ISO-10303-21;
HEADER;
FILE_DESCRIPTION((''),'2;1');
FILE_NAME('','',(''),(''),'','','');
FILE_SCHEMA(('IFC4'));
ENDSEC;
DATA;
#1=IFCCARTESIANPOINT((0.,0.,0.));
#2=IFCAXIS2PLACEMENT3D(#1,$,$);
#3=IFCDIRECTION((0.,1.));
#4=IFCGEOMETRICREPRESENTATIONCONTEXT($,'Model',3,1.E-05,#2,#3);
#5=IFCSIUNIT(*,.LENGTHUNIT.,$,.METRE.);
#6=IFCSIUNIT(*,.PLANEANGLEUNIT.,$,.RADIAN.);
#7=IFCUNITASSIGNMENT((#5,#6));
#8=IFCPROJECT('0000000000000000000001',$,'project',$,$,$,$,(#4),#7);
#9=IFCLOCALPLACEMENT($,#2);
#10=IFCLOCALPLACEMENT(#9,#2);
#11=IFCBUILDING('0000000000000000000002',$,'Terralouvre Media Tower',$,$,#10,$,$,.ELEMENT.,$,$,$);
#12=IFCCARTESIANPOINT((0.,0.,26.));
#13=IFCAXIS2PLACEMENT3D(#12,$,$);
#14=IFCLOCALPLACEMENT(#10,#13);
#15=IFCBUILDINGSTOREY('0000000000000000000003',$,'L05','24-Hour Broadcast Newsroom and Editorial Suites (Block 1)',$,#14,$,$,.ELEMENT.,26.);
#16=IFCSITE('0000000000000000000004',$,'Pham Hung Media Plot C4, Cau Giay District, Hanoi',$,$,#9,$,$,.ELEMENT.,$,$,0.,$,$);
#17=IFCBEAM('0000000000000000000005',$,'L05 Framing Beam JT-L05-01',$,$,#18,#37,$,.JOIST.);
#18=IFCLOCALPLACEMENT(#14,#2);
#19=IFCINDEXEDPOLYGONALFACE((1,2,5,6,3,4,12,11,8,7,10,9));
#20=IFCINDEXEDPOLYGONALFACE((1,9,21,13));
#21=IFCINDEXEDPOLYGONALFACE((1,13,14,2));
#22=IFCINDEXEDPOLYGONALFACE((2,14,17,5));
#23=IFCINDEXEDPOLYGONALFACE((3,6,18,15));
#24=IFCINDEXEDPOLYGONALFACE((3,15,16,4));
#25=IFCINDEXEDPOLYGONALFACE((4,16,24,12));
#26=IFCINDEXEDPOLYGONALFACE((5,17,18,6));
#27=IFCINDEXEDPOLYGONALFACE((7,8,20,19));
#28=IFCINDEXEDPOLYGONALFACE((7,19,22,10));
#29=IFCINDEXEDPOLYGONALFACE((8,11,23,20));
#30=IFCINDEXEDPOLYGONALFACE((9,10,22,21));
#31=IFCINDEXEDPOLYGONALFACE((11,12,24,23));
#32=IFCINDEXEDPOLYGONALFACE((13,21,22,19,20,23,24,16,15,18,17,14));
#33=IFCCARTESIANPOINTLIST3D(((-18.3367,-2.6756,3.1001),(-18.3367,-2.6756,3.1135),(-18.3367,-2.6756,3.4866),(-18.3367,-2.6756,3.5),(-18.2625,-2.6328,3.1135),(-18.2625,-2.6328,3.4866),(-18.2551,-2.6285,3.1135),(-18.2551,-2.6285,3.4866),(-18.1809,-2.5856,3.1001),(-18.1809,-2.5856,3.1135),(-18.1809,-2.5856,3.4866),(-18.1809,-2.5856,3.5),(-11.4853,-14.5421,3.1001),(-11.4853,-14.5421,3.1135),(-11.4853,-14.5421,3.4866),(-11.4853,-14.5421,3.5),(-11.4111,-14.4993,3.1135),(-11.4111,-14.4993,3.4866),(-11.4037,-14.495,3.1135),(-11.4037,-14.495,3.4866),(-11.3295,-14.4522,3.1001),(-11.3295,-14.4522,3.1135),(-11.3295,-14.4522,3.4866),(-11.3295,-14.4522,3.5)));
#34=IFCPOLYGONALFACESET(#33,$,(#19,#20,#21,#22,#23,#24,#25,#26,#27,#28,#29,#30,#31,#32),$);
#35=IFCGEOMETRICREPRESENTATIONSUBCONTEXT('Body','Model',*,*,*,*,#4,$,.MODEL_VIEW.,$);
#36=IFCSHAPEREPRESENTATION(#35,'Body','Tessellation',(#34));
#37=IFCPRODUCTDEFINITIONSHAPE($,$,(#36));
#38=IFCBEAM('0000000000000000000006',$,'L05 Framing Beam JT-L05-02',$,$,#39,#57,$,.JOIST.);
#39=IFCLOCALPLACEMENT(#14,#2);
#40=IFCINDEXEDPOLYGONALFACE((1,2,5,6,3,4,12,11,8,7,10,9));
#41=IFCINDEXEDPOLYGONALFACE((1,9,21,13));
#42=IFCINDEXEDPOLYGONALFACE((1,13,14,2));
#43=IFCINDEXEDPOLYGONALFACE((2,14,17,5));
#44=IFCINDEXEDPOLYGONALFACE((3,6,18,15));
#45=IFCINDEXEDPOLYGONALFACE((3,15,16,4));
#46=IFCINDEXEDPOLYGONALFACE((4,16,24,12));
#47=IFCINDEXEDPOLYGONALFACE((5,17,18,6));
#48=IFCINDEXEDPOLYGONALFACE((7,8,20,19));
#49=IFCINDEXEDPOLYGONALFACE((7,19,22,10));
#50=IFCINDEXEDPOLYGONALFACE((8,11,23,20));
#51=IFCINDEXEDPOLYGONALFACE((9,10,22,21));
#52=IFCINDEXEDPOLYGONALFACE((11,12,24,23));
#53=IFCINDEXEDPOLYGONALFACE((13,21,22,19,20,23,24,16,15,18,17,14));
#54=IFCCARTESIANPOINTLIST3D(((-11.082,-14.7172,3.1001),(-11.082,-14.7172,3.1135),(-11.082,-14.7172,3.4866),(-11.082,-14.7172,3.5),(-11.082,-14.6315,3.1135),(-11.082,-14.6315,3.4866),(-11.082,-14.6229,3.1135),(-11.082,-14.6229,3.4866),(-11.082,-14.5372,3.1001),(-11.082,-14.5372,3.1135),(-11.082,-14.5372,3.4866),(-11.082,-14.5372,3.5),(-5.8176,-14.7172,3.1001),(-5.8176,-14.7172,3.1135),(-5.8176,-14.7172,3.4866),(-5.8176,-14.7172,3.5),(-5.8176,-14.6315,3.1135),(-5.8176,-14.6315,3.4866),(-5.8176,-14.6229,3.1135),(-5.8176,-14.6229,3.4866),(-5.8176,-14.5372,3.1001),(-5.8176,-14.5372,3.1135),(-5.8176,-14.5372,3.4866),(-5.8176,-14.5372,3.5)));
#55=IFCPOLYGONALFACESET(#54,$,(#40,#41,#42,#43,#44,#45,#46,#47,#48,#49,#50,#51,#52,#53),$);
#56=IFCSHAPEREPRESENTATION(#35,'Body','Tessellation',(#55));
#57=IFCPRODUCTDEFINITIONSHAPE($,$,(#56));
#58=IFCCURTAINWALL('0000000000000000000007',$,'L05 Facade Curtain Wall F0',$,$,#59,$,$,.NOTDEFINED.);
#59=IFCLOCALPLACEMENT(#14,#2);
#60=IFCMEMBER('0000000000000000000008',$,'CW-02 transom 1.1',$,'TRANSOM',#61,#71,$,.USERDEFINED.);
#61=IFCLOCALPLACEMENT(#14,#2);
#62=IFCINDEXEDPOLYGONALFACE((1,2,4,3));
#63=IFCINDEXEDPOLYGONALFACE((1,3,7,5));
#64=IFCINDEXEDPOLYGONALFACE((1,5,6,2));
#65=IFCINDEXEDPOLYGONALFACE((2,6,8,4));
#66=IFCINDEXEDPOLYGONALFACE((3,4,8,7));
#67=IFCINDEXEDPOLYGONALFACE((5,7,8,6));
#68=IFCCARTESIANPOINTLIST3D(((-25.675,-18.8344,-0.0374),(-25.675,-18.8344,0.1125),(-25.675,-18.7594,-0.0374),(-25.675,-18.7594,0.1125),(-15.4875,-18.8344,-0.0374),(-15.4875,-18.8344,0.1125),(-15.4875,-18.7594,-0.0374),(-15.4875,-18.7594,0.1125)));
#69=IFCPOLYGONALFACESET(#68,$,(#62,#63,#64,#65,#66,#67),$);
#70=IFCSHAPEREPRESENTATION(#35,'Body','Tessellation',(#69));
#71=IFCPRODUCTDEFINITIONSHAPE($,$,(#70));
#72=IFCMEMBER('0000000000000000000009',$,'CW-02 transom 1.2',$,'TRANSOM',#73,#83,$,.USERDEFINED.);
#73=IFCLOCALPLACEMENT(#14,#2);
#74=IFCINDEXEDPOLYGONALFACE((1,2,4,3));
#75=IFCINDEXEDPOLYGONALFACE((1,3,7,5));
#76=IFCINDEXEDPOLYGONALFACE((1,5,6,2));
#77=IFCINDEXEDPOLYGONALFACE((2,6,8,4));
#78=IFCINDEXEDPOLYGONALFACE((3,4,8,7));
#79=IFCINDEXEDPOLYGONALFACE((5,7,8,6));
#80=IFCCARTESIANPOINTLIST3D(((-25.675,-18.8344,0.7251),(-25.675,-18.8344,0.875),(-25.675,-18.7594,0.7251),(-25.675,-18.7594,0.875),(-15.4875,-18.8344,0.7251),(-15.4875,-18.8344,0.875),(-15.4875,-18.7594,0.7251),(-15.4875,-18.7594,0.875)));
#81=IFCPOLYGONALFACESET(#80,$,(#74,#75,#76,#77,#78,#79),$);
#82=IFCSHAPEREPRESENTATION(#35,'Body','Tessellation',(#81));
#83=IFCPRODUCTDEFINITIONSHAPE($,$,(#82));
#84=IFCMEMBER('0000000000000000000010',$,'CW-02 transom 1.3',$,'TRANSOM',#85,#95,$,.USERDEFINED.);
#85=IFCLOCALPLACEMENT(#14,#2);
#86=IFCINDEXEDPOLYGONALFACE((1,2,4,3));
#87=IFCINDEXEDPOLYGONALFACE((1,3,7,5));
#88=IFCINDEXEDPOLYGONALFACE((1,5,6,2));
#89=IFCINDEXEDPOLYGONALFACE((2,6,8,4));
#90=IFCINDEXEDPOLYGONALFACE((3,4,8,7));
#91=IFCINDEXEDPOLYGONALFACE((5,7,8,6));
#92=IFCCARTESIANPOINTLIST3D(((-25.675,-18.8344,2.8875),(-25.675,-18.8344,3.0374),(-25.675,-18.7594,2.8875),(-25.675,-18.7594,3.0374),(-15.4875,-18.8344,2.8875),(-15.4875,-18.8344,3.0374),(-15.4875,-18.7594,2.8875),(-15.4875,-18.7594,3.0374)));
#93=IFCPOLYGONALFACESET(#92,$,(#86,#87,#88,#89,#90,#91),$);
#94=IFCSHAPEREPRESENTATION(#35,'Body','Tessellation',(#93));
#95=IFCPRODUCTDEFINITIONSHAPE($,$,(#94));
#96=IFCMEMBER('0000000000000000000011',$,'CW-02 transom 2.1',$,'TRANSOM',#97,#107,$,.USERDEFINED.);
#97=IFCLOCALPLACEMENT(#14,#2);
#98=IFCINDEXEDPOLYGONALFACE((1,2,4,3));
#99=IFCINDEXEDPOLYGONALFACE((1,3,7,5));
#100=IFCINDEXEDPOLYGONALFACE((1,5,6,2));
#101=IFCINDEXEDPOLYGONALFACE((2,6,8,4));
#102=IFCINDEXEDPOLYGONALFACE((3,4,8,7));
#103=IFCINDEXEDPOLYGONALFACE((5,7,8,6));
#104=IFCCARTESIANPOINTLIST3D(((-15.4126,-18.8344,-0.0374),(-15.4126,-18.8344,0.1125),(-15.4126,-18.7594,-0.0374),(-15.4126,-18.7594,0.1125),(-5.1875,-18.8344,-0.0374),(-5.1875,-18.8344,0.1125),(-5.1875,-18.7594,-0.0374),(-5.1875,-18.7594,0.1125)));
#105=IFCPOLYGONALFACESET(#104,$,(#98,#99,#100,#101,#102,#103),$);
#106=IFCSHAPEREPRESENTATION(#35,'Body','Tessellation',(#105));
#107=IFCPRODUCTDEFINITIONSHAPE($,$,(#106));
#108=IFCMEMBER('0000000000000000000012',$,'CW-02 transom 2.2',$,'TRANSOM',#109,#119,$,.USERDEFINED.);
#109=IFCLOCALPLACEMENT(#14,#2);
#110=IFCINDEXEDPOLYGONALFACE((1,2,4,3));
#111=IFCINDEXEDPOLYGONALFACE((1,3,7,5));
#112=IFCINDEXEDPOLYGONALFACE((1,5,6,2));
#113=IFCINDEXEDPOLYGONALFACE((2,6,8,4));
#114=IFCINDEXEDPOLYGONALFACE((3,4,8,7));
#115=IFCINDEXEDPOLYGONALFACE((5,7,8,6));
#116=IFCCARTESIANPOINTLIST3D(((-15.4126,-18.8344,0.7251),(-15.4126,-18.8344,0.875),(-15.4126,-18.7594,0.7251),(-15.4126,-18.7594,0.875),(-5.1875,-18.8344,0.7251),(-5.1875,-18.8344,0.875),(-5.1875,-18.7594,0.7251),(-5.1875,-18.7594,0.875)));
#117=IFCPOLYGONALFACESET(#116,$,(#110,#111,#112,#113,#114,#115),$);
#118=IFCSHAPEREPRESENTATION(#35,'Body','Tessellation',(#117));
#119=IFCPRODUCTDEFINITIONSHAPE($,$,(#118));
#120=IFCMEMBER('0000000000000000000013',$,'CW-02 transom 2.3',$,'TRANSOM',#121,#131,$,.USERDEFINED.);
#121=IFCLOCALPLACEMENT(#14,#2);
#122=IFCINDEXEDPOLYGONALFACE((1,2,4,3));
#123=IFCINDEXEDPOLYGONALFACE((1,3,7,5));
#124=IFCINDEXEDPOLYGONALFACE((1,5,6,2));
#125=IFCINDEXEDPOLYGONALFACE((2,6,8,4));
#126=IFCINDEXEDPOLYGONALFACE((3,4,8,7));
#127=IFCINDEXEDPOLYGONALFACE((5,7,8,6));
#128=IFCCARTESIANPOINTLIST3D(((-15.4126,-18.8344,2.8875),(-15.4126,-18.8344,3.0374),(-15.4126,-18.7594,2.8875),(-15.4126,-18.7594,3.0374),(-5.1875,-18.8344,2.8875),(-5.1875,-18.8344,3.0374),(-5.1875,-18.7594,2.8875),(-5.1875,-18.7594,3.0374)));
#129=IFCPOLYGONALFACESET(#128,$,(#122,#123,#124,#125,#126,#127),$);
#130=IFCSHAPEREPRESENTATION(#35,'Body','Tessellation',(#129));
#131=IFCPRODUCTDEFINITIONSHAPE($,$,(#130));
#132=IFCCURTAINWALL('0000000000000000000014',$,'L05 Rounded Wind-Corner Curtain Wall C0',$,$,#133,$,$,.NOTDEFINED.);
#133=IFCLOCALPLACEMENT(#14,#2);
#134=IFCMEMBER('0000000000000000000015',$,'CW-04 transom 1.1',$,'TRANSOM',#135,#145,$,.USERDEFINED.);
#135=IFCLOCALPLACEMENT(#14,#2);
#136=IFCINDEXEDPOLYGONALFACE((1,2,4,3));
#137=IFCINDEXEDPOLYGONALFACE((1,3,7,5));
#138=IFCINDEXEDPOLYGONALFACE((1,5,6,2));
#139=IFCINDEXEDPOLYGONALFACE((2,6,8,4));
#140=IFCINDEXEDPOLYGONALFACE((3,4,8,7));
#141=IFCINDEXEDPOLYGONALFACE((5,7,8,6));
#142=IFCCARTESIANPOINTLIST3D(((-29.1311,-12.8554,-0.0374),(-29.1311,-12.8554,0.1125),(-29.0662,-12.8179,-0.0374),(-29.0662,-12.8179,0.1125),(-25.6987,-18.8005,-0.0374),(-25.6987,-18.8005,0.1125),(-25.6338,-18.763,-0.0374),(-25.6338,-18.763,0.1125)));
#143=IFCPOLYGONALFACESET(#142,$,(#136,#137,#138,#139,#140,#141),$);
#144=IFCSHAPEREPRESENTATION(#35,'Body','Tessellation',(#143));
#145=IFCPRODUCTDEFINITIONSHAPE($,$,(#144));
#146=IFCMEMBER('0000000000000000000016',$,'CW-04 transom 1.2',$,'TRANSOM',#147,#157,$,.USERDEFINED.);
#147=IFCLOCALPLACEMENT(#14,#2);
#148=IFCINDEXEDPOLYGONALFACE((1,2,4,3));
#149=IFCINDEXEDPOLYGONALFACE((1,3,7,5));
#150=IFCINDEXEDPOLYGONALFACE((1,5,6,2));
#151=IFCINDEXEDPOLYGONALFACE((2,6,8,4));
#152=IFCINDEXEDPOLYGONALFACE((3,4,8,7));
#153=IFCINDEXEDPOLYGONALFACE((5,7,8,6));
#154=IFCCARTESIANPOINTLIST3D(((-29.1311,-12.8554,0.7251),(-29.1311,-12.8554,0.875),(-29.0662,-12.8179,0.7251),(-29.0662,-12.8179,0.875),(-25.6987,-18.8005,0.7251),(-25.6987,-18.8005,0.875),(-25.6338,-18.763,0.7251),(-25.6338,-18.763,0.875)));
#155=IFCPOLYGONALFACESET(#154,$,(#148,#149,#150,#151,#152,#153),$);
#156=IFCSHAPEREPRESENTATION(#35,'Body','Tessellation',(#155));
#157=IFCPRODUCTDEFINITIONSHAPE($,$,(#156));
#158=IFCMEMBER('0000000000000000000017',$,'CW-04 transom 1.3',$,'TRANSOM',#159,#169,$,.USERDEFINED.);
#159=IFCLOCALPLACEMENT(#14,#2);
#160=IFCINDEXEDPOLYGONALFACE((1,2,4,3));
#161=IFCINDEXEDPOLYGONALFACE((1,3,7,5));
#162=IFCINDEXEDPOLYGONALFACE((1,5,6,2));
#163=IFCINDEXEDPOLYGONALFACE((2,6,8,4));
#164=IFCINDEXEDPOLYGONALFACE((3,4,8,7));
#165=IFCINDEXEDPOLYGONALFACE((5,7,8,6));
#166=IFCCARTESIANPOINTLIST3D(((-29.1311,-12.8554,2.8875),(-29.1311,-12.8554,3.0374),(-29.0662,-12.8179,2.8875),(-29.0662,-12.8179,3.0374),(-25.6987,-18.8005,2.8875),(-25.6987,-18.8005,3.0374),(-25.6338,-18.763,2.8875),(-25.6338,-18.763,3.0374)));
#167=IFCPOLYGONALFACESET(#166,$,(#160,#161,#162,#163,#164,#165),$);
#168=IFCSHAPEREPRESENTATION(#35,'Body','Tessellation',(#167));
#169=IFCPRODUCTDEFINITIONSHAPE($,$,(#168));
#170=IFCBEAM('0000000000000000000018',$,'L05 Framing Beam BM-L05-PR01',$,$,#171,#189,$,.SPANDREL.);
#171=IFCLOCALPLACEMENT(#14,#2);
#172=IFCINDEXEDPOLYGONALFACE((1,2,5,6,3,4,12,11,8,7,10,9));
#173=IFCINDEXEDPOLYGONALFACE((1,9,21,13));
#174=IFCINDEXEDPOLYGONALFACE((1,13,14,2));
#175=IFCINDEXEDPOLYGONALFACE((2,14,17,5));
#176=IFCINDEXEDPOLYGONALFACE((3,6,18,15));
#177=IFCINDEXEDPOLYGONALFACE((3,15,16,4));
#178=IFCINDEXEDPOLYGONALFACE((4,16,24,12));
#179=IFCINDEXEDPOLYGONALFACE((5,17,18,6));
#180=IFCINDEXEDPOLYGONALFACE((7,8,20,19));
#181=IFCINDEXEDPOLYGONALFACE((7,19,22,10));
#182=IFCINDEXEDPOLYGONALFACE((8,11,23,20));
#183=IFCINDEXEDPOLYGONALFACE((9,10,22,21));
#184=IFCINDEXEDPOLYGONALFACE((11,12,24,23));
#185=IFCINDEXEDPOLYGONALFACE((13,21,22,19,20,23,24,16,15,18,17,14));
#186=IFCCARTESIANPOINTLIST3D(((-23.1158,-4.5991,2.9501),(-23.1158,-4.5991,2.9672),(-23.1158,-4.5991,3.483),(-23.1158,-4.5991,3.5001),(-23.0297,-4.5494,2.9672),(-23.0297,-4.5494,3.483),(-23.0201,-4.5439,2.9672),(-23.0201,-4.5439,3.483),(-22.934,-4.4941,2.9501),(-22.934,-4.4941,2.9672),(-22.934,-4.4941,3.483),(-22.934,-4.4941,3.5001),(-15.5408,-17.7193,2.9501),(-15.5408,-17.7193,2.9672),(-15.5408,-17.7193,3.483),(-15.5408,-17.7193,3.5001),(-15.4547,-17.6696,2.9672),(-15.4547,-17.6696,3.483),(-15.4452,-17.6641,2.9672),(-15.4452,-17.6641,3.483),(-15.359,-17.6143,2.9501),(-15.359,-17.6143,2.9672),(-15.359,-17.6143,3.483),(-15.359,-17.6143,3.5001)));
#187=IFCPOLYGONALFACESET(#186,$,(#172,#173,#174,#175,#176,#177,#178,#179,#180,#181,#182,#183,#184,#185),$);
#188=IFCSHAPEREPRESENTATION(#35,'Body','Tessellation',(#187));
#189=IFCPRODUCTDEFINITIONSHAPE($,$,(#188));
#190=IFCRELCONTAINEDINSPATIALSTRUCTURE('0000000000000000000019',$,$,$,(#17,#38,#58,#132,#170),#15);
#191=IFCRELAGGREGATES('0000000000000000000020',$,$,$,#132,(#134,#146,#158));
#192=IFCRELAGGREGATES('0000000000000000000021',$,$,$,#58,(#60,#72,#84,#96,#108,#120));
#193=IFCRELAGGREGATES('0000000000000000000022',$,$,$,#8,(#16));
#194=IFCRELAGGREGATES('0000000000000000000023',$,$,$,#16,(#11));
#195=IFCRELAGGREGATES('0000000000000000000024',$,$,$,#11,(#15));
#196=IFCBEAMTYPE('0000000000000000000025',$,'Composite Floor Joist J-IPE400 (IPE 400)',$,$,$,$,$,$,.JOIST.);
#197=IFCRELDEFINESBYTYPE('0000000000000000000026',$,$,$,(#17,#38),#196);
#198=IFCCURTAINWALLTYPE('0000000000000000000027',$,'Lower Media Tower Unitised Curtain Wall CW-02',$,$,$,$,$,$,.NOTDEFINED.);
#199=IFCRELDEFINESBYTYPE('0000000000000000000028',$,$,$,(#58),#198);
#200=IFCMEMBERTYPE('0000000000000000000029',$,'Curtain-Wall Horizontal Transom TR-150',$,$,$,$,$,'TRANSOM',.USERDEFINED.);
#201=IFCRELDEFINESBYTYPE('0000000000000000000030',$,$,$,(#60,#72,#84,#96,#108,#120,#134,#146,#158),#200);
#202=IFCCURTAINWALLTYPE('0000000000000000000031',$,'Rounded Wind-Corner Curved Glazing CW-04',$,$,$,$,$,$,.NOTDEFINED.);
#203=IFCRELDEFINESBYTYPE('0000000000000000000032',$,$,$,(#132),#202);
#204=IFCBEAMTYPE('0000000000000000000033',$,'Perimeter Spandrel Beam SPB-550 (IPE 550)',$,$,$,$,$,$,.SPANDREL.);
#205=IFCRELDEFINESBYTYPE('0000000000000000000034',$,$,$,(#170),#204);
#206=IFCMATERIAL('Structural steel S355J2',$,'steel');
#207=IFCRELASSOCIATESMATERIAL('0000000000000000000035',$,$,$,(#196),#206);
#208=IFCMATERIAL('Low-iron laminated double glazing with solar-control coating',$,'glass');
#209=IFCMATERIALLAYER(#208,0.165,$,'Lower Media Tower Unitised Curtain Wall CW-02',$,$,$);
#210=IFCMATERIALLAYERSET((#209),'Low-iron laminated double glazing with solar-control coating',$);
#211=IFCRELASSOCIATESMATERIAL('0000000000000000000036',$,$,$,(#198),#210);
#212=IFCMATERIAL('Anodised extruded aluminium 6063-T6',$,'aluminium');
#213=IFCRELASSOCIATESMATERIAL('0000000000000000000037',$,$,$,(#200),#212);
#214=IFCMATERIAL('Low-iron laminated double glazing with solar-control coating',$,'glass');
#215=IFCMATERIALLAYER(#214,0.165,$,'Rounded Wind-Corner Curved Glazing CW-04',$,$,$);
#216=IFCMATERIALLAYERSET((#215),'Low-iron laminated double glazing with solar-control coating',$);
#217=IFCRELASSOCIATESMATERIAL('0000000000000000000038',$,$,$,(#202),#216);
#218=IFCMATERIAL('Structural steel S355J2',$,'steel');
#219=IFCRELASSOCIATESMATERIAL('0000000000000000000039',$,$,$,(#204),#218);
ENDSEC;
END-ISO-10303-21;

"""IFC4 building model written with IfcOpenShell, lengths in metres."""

from ifc_helpers import new_model, si_unit, direction, frame, origin, origin_2d, place, context, subcontext, project, spatial, rectangle, i_section, extrude, material, layer, layer_set, material_profile, profile_set, type_object, element, aggregate, save


model = new_model("IFC4")

# Units and contexts
model_context = context("Model", 3, precision=1e-05, world=origin(), true_north=direction((0.0, 1.0)))
body_context = subcontext(model_context, "Body", "Model", "MODEL_VIEW")
ifc_project = project(units=[si_unit("LENGTHUNIT", "METRE"), si_unit("PLANEANGLEUNIT", "RADIAN")], contexts=[model_context])

# Site, building, storey
site_placement = place(None, origin())
site = spatial("IfcSite", under=ifc_project, at=site_placement, Name="Pham Hung Media Plot C4, Cau Giay District, Hanoi", CompositionType="ELEMENT", RefElevation=0.0)
building_placement = place(site_placement, origin())
building = spatial("IfcBuilding", under=site, at=building_placement, Name="Terralouvre Media Tower", CompositionType="ELEMENT")
storey_placement = place(building_placement, frame((0.0, 0.0, 26.0)))
storey = spatial("IfcBuildingStorey", under=building, at=storey_placement, Name="L05", Description="24-Hour Broadcast Newsroom and Editorial Suites (Block 1)", CompositionType="ELEMENT", Elevation=26.0)

# Beams
ifc_material_1 = material(Name="Structural steel S355J2", Category="steel")
ifc_material_profile_1 = material_profile(ifc_material_1, i_section(OverallWidth=0.1799, OverallDepth=0.3999, WebThickness=0.0085, FlangeThickness=0.0134, at=origin_2d()), Name="IPE 400")
ifc_profile_set_1 = profile_set([ifc_material_profile_1], Name="Structural steel S355J2")
beam_type_1 = type_object("IfcBeamType", Name="Composite Floor Joist J-IPE400 (IPE 400)", PredefinedType="JOIST", material=ifc_profile_set_1)
beam_1_placement = place(storey_placement, frame((-18.2588, -2.6306, 3.3), z_axis=(0.500012, -0.866019, 0.0), x_axis=(0.866019, 0.500012, 0.0)))
element("IfcBeam", 1, at=beam_1_placement, inside=storey, type_object=beam_type_1, Name="L05 Framing Beam JT-L05-01", PredefinedType="JOIST", context=body_context, shape_type="SweptSolid", body=[
    extrude(i_section(OverallWidth=0.1799, OverallDepth=0.3999, WebThickness=0.0085, FlangeThickness=0.0134, at=origin_2d()), origin(), (0.0, 0.0, 1.0), 13.7024),
])
beam_2_placement = place(storey_placement, frame((-11.082, -14.6272, 3.3), z_axis=(1.0, 0.0, 0.0), x_axis=(0.0, 1.0, 0.0)))
element("IfcBeam", 2, at=beam_2_placement, inside=storey, type_object=beam_type_1, Name="L05 Framing Beam JT-L05-02", PredefinedType="JOIST", context=body_context, shape_type="SweptSolid", body=[
    extrude(i_section(OverallWidth=0.1799, OverallDepth=0.3999, WebThickness=0.0085, FlangeThickness=0.0134, at=origin_2d()), origin(), (0.0, 0.0, 1.0), 5.2644),
])

# Curtain walls, members
ifc_material_2 = material(Name="Low-iron laminated double glazing with solar-control coating", Category="glass")
ifc_layer_1 = layer(ifc_material_2, 0.165, Name="Lower Media Tower Unitised Curtain Wall CW-02")
ifc_layer_set_1 = layer_set([ifc_layer_1], Name="Low-iron laminated double glazing with solar-control coating")
curtain_wall_type_1 = type_object("IfcCurtainWallType", Name="Lower Media Tower Unitised Curtain Wall CW-02", PredefinedType="NOTDEFINED", material=ifc_layer_set_1)
curtain_wall_1_placement = place(storey_placement, origin())
curtain_wall_1 = element("IfcCurtainWall", 3, at=curtain_wall_1_placement, inside=storey, type_object=curtain_wall_type_1, Name="L05 Facade Curtain Wall F0", PredefinedType="NOTDEFINED")
ifc_material_3 = material(Name="Anodised extruded aluminium 6063-T6", Category="aluminium")
ifc_material_profile_2 = material_profile(ifc_material_3, rectangle(XDim=0.075, YDim=0.1499, at=origin_2d()), Name="ALU 75x150")
ifc_profile_set_2 = profile_set([ifc_material_profile_2], Name="Anodised extruded aluminium 6063-T6")
member_type = type_object("IfcMemberType", Name="Curtain-Wall Horizontal Transom TR-150", ElementType="TRANSOM", PredefinedType="USERDEFINED", material=ifc_profile_set_2)
member_1_placement = place(storey_placement, frame((-25.675, -18.7969, 0.0376), z_axis=(1.0, 0.0, 0.0), x_axis=(0.0, 1.0, 0.0)))
member_1 = element("IfcMember", 4, at=member_1_placement, type_object=member_type, Name="CW-02 transom 1.1", ObjectType="TRANSOM", PredefinedType="USERDEFINED", context=body_context, shape_type="SweptSolid", body=[
    extrude(rectangle(XDim=0.075, YDim=0.1499, at=origin_2d()), origin(), (0.0, 0.0, 1.0), 10.1875),
])
member_2_placement = place(storey_placement, frame((-25.675, -18.7969, 0.8), z_axis=(1.0, 0.0, 0.0), x_axis=(0.0, 1.0, 0.0)))
member_2 = element("IfcMember", 5, at=member_2_placement, type_object=member_type, Name="CW-02 transom 1.2", ObjectType="TRANSOM", PredefinedType="USERDEFINED", context=body_context, shape_type="SweptSolid", body=[
    extrude(rectangle(XDim=0.075, YDim=0.1499, at=origin_2d()), origin(), (0.0, 0.0, 1.0), 10.1875),
])
member_3_placement = place(storey_placement, frame((-25.675, -18.7969, 2.9624), z_axis=(1.0, 0.0, 0.0), x_axis=(0.0, 1.0, 0.0)))
member_3 = element("IfcMember", 6, at=member_3_placement, type_object=member_type, Name="CW-02 transom 1.3", ObjectType="TRANSOM", PredefinedType="USERDEFINED", context=body_context, shape_type="SweptSolid", body=[
    extrude(rectangle(XDim=0.075, YDim=0.1499, at=origin_2d()), origin(), (0.0, 0.0, 1.0), 10.1875),
])
member_4_placement = place(storey_placement, frame((-15.4126, -18.7969, 0.0376), z_axis=(1.0, 0.0, 0.0), x_axis=(0.0, 1.0, 0.0)))
member_4 = element("IfcMember", 7, at=member_4_placement, type_object=member_type, Name="CW-02 transom 2.1", ObjectType="TRANSOM", PredefinedType="USERDEFINED", context=body_context, shape_type="SweptSolid", body=[
    extrude(rectangle(XDim=0.075, YDim=0.1499, at=origin_2d()), origin(), (0.0, 0.0, 1.0), 10.2251),
])
member_5_placement = place(storey_placement, frame((-15.4126, -18.7969, 0.8), z_axis=(1.0, 0.0, 0.0), x_axis=(0.0, 1.0, 0.0)))
member_5 = element("IfcMember", 8, at=member_5_placement, type_object=member_type, Name="CW-02 transom 2.2", ObjectType="TRANSOM", PredefinedType="USERDEFINED", context=body_context, shape_type="SweptSolid", body=[
    extrude(rectangle(XDim=0.075, YDim=0.1499, at=origin_2d()), origin(), (0.0, 0.0, 1.0), 10.2251),
])
member_6_placement = place(storey_placement, frame((-15.4126, -18.7969, 2.9624), z_axis=(1.0, 0.0, 0.0), x_axis=(0.0, 1.0, 0.0)))
member_6 = element("IfcMember", 9, at=member_6_placement, type_object=member_type, Name="CW-02 transom 2.3", ObjectType="TRANSOM", PredefinedType="USERDEFINED", context=body_context, shape_type="SweptSolid", body=[
    extrude(rectangle(XDim=0.075, YDim=0.1499, at=origin_2d()), origin(), (0.0, 0.0, 1.0), 10.2251),
])
ifc_material_4 = material(Name="Low-iron laminated double glazing with solar-control coating", Category="glass")
ifc_layer_2 = layer(ifc_material_4, 0.165, Name="Rounded Wind-Corner Curved Glazing CW-04")
ifc_layer_set_2 = layer_set([ifc_layer_2], Name="Low-iron laminated double glazing with solar-control coating")
curtain_wall_type_2 = type_object("IfcCurtainWallType", Name="Rounded Wind-Corner Curved Glazing CW-04", PredefinedType="NOTDEFINED", material=ifc_layer_set_2)
curtain_wall_2_placement = place(storey_placement, origin())
curtain_wall_2 = element("IfcCurtainWall", 10, at=curtain_wall_2_placement, inside=storey, type_object=curtain_wall_type_2, Name="L05 Rounded Wind-Corner Curtain Wall C0", PredefinedType="NOTDEFINED")
member_7_placement = place(storey_placement, frame((-29.0986, -12.8367, 0.0376), z_axis=(0.499998, -0.866026, 0.0), x_axis=(0.866026, 0.499998, 0.0)))
member_7 = element("IfcMember", 11, at=member_7_placement, type_object=member_type, Name="CW-04 transom 1.1", ObjectType="TRANSOM", PredefinedType="USERDEFINED", context=body_context, shape_type="SweptSolid", body=[
    extrude(rectangle(XDim=0.075, YDim=0.1499, at=origin_2d()), origin(), (0.0, 0.0, 1.0), 6.8647),
])
member_8_placement = place(storey_placement, frame((-29.0986, -12.8367, 0.8), z_axis=(0.499998, -0.866026, 0.0), x_axis=(0.866026, 0.499998, 0.0)))
member_8 = element("IfcMember", 12, at=member_8_placement, type_object=member_type, Name="CW-04 transom 1.2", ObjectType="TRANSOM", PredefinedType="USERDEFINED", context=body_context, shape_type="SweptSolid", body=[
    extrude(rectangle(XDim=0.075, YDim=0.1499, at=origin_2d()), origin(), (0.0, 0.0, 1.0), 6.8647),
])
member_9_placement = place(storey_placement, frame((-29.0986, -12.8367, 2.9624), z_axis=(0.499998, -0.866026, 0.0), x_axis=(0.866026, 0.499998, 0.0)))
member_9 = element("IfcMember", 13, at=member_9_placement, type_object=member_type, Name="CW-04 transom 1.3", ObjectType="TRANSOM", PredefinedType="USERDEFINED", context=body_context, shape_type="SweptSolid", body=[
    extrude(rectangle(XDim=0.075, YDim=0.1499, at=origin_2d()), origin(), (0.0, 0.0, 1.0), 6.8647),
])

# Beam
ifc_material_5 = material(Name="Structural steel S355J2", Category="steel")
ifc_material_profile_3 = material_profile(ifc_material_5, i_section(OverallWidth=0.21, OverallDepth=0.55, WebThickness=0.011, FlangeThickness=0.0171, at=origin_2d()), Name="IPE 550")
ifc_profile_set_3 = profile_set([ifc_material_profile_3], Name="Structural steel S355J2")
beam_type_2 = type_object("IfcBeamType", Name="Perimeter Spandrel Beam SPB-550 (IPE 550)", PredefinedType="SPANDREL", material=ifc_profile_set_3)
beam_3_placement = place(storey_placement, frame((-23.0249, -4.5466, 3.2251), z_axis=(0.500002, -0.866024, 0.0), x_axis=(0.866024, 0.500002, 0.0)))
element("IfcBeam", 14, at=beam_3_placement, inside=storey, type_object=beam_type_2, Name="L05 Framing Beam BM-L05-PR01", PredefinedType="SPANDREL", context=body_context, shape_type="SweptSolid", body=[
    extrude(i_section(OverallWidth=0.21, OverallDepth=0.55, WebThickness=0.011, FlangeThickness=0.0171, at=origin_2d()), origin(), (0.0, 0.0, 1.0), 15.1499),
])

aggregate(curtain_wall_2, [member_7, member_8, member_9])
aggregate(curtain_wall_1, [member_1, member_2, member_3, member_4, member_5, member_6])

save(model, "model.ifc")
